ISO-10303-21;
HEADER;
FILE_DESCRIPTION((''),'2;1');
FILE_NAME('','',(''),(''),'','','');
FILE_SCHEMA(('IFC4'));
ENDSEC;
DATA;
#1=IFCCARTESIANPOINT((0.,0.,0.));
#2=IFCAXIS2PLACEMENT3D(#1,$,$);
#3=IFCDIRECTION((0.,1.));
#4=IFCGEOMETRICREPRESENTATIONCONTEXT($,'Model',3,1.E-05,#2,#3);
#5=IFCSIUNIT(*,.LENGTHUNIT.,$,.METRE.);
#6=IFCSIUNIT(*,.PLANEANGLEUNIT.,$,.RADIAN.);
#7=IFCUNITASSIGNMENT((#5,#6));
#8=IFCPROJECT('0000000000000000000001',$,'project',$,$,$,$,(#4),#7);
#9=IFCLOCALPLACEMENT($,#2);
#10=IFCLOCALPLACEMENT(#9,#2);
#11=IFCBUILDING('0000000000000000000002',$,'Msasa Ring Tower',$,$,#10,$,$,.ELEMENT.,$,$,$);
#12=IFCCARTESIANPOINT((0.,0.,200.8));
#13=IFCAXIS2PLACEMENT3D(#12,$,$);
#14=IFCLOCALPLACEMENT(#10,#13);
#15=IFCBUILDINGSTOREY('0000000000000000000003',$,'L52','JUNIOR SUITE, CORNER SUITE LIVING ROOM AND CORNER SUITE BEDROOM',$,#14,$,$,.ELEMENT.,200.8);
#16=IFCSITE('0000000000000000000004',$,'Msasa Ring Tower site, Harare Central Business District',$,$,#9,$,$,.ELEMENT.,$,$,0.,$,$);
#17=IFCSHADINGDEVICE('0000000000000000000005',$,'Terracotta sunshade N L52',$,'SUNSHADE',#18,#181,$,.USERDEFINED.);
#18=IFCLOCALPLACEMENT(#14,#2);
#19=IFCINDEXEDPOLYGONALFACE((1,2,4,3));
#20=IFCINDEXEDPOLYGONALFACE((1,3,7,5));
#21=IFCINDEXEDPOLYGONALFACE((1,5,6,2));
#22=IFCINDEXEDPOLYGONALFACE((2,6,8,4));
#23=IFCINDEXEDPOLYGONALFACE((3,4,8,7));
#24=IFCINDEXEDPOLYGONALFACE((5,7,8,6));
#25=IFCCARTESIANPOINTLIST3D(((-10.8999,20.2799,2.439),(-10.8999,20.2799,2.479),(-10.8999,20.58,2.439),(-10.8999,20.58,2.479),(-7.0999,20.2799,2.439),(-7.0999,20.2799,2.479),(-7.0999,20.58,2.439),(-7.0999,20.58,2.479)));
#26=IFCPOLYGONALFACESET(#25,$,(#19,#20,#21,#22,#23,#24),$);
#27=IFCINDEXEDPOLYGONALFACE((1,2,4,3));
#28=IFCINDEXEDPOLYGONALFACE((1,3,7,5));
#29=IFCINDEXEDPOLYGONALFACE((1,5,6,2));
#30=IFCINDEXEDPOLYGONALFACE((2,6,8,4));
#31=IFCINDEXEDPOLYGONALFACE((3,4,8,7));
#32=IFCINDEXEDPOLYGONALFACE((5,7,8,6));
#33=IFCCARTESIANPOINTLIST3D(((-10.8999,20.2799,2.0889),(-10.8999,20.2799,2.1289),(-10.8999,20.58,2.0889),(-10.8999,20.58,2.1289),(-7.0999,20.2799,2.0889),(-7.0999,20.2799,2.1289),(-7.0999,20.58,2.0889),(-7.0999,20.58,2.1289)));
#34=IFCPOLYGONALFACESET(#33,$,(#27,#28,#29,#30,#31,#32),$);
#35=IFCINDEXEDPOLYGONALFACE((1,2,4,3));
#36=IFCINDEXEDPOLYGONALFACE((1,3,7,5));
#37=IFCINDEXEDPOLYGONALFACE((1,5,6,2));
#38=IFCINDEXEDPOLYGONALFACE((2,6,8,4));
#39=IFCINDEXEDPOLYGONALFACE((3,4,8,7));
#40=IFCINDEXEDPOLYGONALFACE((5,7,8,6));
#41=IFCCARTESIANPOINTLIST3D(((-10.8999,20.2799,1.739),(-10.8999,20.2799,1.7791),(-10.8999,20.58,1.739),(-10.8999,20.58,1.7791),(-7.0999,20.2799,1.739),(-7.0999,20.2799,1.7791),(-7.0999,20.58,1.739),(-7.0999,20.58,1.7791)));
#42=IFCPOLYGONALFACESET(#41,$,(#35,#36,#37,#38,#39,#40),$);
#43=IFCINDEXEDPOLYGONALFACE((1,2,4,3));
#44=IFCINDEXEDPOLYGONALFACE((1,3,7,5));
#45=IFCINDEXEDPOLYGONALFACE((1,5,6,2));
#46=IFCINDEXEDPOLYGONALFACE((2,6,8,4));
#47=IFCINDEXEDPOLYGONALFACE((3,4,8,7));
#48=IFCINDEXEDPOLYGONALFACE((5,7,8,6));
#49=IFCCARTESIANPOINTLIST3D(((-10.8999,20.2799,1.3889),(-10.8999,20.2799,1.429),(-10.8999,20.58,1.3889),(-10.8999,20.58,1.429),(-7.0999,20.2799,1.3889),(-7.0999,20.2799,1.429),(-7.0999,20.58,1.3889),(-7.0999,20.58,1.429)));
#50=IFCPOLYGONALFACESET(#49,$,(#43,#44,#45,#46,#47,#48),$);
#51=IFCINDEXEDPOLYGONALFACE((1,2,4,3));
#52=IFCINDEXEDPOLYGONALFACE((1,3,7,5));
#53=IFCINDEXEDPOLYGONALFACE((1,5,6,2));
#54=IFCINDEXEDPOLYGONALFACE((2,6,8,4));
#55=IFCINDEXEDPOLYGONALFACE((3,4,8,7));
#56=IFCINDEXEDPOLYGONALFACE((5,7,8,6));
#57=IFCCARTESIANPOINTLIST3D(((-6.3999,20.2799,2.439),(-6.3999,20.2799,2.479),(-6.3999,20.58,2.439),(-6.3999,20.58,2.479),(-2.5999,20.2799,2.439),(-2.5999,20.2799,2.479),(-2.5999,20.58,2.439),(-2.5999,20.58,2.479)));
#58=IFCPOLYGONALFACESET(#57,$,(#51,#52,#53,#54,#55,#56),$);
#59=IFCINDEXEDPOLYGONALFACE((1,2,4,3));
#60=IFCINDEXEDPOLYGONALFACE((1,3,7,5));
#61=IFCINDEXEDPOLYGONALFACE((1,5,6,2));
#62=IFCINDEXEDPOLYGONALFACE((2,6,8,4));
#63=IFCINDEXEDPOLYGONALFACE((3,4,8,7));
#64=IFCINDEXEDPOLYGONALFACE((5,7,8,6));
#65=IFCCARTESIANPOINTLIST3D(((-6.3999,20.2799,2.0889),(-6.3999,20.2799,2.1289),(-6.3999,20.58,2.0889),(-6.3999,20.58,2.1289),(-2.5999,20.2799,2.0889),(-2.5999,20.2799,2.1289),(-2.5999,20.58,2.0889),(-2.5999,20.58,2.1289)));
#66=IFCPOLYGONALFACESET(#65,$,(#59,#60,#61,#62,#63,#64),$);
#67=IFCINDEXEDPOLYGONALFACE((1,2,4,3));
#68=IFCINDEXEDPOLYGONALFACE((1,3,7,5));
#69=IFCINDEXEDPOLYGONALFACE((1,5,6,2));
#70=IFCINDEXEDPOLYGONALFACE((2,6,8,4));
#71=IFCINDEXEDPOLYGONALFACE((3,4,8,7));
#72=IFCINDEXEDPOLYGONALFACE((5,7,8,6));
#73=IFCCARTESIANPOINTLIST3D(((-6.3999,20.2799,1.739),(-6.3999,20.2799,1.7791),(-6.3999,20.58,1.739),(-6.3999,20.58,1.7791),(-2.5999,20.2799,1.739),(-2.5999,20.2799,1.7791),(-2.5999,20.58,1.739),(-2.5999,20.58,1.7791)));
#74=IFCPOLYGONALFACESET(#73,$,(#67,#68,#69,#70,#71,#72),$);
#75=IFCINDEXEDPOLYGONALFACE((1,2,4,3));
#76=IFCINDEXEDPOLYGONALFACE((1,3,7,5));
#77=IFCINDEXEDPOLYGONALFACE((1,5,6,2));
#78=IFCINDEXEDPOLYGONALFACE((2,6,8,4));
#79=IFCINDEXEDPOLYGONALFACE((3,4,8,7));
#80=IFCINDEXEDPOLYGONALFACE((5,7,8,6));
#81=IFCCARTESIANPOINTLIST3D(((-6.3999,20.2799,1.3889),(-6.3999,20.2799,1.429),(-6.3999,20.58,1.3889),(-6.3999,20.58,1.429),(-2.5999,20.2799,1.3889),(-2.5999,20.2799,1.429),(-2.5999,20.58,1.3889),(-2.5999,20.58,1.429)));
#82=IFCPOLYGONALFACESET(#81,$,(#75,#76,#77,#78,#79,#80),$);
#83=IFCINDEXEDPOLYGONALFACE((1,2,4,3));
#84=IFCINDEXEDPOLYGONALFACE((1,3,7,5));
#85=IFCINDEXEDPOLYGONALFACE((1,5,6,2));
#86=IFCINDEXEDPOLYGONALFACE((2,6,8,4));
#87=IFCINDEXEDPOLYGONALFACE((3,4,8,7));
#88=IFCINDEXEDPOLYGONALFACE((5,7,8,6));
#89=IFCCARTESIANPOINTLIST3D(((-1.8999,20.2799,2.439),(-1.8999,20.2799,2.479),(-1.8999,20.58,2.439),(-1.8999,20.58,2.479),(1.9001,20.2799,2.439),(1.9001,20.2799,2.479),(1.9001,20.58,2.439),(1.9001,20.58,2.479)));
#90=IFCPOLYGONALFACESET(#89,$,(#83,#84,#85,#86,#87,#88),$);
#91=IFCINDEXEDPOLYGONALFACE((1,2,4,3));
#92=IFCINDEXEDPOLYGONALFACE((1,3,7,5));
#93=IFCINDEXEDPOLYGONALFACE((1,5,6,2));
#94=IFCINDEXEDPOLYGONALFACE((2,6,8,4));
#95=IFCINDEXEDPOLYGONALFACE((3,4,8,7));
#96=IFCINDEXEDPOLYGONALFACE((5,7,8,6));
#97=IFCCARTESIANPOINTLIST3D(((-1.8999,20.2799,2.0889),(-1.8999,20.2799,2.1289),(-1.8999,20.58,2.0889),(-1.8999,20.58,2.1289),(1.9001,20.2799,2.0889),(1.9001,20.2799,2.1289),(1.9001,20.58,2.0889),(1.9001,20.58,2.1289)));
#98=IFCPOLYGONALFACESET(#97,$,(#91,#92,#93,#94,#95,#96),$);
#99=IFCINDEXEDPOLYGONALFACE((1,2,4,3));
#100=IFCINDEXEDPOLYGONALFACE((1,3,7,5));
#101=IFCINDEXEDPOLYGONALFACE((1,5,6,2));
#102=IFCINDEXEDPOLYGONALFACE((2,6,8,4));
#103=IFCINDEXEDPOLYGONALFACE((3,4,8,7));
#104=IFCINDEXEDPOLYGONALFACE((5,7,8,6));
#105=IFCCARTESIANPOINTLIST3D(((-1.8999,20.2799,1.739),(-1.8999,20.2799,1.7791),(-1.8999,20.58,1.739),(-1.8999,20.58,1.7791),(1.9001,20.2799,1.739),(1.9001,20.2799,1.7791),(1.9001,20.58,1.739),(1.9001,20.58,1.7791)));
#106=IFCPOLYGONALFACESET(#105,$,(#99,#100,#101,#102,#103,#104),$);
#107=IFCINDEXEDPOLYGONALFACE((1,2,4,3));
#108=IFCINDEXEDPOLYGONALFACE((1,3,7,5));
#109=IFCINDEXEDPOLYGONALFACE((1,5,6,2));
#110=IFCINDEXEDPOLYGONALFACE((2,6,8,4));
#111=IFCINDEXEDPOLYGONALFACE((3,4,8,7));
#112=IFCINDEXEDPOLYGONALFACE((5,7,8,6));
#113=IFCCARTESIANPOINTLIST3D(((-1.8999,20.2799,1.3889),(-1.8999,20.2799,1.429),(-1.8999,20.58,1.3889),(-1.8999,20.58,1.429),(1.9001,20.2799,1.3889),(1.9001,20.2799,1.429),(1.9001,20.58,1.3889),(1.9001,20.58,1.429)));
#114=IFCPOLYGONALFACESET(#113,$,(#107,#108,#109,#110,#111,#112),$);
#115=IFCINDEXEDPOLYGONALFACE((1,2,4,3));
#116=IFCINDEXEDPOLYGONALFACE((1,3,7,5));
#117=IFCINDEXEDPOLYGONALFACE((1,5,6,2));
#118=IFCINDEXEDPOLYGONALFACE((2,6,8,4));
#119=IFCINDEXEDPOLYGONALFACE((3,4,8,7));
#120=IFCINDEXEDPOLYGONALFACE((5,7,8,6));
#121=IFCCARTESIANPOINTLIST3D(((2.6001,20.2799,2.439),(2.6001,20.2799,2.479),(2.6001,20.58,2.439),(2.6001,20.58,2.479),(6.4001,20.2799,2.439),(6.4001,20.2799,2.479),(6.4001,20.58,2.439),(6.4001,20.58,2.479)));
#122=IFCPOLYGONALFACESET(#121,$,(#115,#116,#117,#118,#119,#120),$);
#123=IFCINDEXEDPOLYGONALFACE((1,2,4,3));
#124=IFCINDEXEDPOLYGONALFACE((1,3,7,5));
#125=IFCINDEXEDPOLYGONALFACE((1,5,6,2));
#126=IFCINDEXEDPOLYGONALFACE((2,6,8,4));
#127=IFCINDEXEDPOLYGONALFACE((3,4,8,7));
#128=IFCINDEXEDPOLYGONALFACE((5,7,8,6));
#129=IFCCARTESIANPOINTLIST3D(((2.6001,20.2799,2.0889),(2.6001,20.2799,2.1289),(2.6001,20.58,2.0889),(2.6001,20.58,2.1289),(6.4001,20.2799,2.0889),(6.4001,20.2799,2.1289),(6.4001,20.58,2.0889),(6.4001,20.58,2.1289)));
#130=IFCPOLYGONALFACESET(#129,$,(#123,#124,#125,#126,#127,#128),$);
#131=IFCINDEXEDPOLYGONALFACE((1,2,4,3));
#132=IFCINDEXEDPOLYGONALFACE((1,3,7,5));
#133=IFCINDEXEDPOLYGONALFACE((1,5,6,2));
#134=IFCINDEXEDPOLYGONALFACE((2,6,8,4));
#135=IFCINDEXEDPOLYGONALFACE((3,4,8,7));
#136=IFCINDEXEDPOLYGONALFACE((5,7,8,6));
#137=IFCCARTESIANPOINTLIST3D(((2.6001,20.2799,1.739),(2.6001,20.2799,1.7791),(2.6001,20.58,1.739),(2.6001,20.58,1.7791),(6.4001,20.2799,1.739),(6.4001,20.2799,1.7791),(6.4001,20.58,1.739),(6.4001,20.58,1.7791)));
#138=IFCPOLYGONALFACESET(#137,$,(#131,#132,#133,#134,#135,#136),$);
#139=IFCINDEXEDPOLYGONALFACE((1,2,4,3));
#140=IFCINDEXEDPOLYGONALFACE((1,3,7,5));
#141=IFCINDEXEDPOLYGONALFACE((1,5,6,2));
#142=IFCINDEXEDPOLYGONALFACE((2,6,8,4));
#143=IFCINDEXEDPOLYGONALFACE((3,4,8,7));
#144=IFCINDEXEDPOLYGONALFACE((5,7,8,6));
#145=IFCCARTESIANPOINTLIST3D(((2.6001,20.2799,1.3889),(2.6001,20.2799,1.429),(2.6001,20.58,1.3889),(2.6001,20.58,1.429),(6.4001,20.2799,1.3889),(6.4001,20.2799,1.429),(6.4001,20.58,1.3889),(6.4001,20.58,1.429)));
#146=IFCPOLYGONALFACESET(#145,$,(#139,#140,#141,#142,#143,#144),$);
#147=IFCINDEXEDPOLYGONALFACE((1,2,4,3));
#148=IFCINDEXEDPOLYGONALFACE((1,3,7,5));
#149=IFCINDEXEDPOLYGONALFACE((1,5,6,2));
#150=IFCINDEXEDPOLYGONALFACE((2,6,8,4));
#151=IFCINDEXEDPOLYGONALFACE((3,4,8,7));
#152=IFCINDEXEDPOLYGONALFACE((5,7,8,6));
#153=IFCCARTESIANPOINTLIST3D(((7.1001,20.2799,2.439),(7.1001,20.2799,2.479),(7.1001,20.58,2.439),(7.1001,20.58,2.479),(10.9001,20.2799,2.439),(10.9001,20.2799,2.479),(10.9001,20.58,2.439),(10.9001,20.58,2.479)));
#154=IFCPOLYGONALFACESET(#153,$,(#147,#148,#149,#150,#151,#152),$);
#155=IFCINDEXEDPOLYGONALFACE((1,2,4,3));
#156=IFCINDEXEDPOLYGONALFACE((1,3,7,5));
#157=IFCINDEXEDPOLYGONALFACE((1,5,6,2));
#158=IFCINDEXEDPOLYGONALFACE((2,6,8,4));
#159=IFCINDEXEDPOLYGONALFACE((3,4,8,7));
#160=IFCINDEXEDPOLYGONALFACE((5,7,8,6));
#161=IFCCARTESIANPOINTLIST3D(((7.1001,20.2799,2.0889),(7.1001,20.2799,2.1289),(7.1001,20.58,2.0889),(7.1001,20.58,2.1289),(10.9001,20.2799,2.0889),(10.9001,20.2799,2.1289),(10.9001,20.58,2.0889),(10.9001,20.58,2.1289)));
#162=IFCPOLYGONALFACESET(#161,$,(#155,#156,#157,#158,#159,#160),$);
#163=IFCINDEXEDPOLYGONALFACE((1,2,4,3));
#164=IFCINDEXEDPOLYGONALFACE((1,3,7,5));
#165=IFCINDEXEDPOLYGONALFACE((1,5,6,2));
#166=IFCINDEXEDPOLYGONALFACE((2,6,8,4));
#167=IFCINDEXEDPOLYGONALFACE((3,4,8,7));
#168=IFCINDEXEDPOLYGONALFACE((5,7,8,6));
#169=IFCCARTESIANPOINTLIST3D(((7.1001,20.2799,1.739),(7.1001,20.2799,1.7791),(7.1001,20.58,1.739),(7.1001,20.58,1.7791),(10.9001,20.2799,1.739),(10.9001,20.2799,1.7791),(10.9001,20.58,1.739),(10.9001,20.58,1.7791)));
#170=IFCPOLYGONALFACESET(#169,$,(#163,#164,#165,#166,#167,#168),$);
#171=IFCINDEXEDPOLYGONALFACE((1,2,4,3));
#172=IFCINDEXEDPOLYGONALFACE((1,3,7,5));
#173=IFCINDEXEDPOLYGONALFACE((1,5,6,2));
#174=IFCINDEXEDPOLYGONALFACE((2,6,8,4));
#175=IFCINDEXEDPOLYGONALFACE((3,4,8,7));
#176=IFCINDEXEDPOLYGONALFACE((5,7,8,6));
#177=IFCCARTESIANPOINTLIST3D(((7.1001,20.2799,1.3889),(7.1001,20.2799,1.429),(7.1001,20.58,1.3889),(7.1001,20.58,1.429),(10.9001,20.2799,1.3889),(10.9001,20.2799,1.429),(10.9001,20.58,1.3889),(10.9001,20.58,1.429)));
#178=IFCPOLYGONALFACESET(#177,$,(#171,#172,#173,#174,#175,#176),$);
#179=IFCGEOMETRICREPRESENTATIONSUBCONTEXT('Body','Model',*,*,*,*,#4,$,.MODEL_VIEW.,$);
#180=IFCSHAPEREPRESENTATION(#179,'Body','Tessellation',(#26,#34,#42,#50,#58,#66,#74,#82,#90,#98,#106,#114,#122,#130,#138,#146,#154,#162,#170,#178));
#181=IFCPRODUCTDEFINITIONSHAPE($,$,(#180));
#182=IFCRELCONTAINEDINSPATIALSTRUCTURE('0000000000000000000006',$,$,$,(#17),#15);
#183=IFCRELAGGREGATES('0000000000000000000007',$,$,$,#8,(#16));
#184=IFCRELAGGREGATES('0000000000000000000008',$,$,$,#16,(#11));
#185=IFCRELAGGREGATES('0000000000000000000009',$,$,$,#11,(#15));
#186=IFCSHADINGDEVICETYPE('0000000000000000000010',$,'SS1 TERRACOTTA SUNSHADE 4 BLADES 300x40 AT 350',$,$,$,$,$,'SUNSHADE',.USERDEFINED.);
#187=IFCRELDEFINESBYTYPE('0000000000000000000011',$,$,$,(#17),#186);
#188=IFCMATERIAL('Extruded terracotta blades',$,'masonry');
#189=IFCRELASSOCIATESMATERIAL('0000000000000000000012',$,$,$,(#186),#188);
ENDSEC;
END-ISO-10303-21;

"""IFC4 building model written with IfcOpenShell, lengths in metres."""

from ifc_helpers import new_model, si_unit, direction, frame, origin, origin_2d, place, context, subcontext, project, spatial, rectangle, extrude, material, type_object, element, save


model = new_model("IFC4")

# Units and contexts
model_context = context("Model", 3, precision=1e-05, world=origin(), true_north=direction((0.0, 1.0)))
body_context = subcontext(model_context, "Body", "Model", "MODEL_VIEW")
ifc_project = project(units=[si_unit("LENGTHUNIT", "METRE"), si_unit("PLANEANGLEUNIT", "RADIAN")], contexts=[model_context])

# Site, building, storey
site_placement = place(None, origin())
site = spatial("IfcSite", under=ifc_project, at=site_placement, Name="Msasa Ring Tower site, Harare Central Business District", CompositionType="ELEMENT", RefElevation=0.0)
building_placement = place(site_placement, origin())
building = spatial("IfcBuilding", under=site, at=building_placement, Name="Msasa Ring Tower", CompositionType="ELEMENT")
storey_placement = place(building_placement, frame((0.0, 0.0, 200.8)))
storey = spatial("IfcBuildingStorey", under=building, at=storey_placement, Name="L52", Description="JUNIOR SUITE, CORNER SUITE LIVING ROOM AND CORNER SUITE BEDROOM", CompositionType="ELEMENT", Elevation=200.8)

# Shading device
ifc_material_1 = material(Name="Extruded terracotta blades", Category="masonry")
shading_device_type_1 = type_object("IfcShadingDeviceType", Name="SS1 TERRACOTTA SUNSHADE 4 BLADES 300x40 AT 350", ElementType="SUNSHADE", PredefinedType="USERDEFINED", material=ifc_material_1)
shading_device_1_placement = place(storey_placement, origin())
element("IfcShadingDevice", 1, at=shading_device_1_placement, inside=storey, type_object=shading_device_type_1, Name="Terracotta sunshade N L52", ObjectType="SUNSHADE", PredefinedType="USERDEFINED", context=body_context, shape_type="SweptSolid", body=[
    extrude(rectangle(XDim=0.04, YDim=0.3, at=origin_2d()), frame((-10.8999, 20.4299, 2.459), z_axis=(1.0, 0.0, 0.0), x_axis=(0.0, 0.0, 1.0)), (0.0, 0.0, 1.0), 3.8),
    extrude(rectangle(XDim=0.04, YDim=0.3, at=origin_2d()), frame((-10.8999, 20.4299, 2.1089), z_axis=(1.0, 0.0, 0.0), x_axis=(0.0, 0.0, 1.0)), (0.0, 0.0, 1.0), 3.8),
    extrude(rectangle(XDim=0.04, YDim=0.3, at=origin_2d()), frame((-10.8999, 20.4299, 1.759), z_axis=(1.0, 0.0, 0.0), x_axis=(0.0, 0.0, 1.0)), (0.0, 0.0, 1.0), 3.8),
    extrude(rectangle(XDim=0.04, YDim=0.3, at=origin_2d()), frame((-10.8999, 20.4299, 1.4089), z_axis=(1.0, 0.0, 0.0), x_axis=(0.0, 0.0, 1.0)), (0.0, 0.0, 1.0), 3.8),
    extrude(rectangle(XDim=0.04, YDim=0.3, at=origin_2d()), frame((-6.3999, 20.4299, 2.459), z_axis=(1.0, 0.0, 0.0), x_axis=(0.0, 0.0, 1.0)), (0.0, 0.0, 1.0), 3.8),
    extrude(rectangle(XDim=0.04, YDim=0.3, at=origin_2d()), frame((-6.3999, 20.4299, 2.1089), z_axis=(1.0, 0.0, 0.0), x_axis=(0.0, 0.0, 1.0)), (0.0, 0.0, 1.0), 3.8),
    extrude(rectangle(XDim=0.04, YDim=0.3, at=origin_2d()), frame((-6.3999, 20.4299, 1.759), z_axis=(1.0, 0.0, 0.0), x_axis=(0.0, 0.0, 1.0)), (0.0, 0.0, 1.0), 3.8),
    extrude(rectangle(XDim=0.04, YDim=0.3, at=origin_2d()), frame((-6.3999, 20.4299, 1.4089), z_axis=(1.0, 0.0, 0.0), x_axis=(0.0, 0.0, 1.0)), (0.0, 0.0, 1.0), 3.8),
    extrude(rectangle(XDim=0.04, YDim=0.3, at=origin_2d()), frame((-1.8999, 20.4299, 2.459), z_axis=(1.0, 0.0, 0.0), x_axis=(0.0, 0.0, 1.0)), (0.0, 0.0, 1.0), 3.8),
    extrude(rectangle(XDim=0.04, YDim=0.3, at=origin_2d()), frame((-1.8999, 20.4299, 2.1089), z_axis=(1.0, 0.0, 0.0), x_axis=(0.0, 0.0, 1.0)), (0.0, 0.0, 1.0), 3.8),
    extrude(rectangle(XDim=0.04, YDim=0.3, at=origin_2d()), frame((-1.8999, 20.4299, 1.759), z_axis=(1.0, 0.0, 0.0), x_axis=(0.0, 0.0, 1.0)), (0.0, 0.0, 1.0), 3.8),
    extrude(rectangle(XDim=0.04, YDim=0.3, at=origin_2d()), frame((-1.8999, 20.4299, 1.4089), z_axis=(1.0, 0.0, 0.0), x_axis=(0.0, 0.0, 1.0)), (0.0, 0.0, 1.0), 3.8),
    extrude(rectangle(XDim=0.04, YDim=0.3, at=origin_2d()), frame((2.6001, 20.4299, 2.459), z_axis=(1.0, 0.0, 0.0), x_axis=(0.0, 0.0, 1.0)), (0.0, 0.0, 1.0), 3.8),
    extrude(rectangle(XDim=0.04, YDim=0.3, at=origin_2d()), frame((2.6001, 20.4299, 2.1089), z_axis=(1.0, 0.0, 0.0), x_axis=(0.0, 0.0, 1.0)), (0.0, 0.0, 1.0), 3.8),
    extrude(rectangle(XDim=0.04, YDim=0.3, at=origin_2d()), frame((2.6001, 20.4299, 1.759), z_axis=(1.0, 0.0, 0.0), x_axis=(0.0, 0.0, 1.0)), (0.0, 0.0, 1.0), 3.8),
    extrude(rectangle(XDim=0.04, YDim=0.3, at=origin_2d()), frame((2.6001, 20.4299, 1.4089), z_axis=(1.0, 0.0, 0.0), x_axis=(0.0, 0.0, 1.0)), (0.0, 0.0, 1.0), 3.8),
    extrude(rectangle(XDim=0.04, YDim=0.3, at=origin_2d()), frame((7.1001, 20.4299, 2.459), z_axis=(1.0, 0.0, 0.0), x_axis=(0.0, 0.0, 1.0)), (0.0, 0.0, 1.0), 3.8),
    extrude(rectangle(XDim=0.04, YDim=0.3, at=origin_2d()), frame((7.1001, 20.4299, 2.1089), z_axis=(1.0, 0.0, 0.0), x_axis=(0.0, 0.0, 1.0)), (0.0, 0.0, 1.0), 3.8),
    extrude(rectangle(XDim=0.04, YDim=0.3, at=origin_2d()), frame((7.1001, 20.4299, 1.759), z_axis=(1.0, 0.0, 0.0), x_axis=(0.0, 0.0, 1.0)), (0.0, 0.0, 1.0), 3.8),
    extrude(rectangle(XDim=0.04, YDim=0.3, at=origin_2d()), frame((7.1001, 20.4299, 1.4089), z_axis=(1.0, 0.0, 0.0), x_axis=(0.0, 0.0, 1.0)), (0.0, 0.0, 1.0), 3.8),
])

save(model, "model.ifc")
